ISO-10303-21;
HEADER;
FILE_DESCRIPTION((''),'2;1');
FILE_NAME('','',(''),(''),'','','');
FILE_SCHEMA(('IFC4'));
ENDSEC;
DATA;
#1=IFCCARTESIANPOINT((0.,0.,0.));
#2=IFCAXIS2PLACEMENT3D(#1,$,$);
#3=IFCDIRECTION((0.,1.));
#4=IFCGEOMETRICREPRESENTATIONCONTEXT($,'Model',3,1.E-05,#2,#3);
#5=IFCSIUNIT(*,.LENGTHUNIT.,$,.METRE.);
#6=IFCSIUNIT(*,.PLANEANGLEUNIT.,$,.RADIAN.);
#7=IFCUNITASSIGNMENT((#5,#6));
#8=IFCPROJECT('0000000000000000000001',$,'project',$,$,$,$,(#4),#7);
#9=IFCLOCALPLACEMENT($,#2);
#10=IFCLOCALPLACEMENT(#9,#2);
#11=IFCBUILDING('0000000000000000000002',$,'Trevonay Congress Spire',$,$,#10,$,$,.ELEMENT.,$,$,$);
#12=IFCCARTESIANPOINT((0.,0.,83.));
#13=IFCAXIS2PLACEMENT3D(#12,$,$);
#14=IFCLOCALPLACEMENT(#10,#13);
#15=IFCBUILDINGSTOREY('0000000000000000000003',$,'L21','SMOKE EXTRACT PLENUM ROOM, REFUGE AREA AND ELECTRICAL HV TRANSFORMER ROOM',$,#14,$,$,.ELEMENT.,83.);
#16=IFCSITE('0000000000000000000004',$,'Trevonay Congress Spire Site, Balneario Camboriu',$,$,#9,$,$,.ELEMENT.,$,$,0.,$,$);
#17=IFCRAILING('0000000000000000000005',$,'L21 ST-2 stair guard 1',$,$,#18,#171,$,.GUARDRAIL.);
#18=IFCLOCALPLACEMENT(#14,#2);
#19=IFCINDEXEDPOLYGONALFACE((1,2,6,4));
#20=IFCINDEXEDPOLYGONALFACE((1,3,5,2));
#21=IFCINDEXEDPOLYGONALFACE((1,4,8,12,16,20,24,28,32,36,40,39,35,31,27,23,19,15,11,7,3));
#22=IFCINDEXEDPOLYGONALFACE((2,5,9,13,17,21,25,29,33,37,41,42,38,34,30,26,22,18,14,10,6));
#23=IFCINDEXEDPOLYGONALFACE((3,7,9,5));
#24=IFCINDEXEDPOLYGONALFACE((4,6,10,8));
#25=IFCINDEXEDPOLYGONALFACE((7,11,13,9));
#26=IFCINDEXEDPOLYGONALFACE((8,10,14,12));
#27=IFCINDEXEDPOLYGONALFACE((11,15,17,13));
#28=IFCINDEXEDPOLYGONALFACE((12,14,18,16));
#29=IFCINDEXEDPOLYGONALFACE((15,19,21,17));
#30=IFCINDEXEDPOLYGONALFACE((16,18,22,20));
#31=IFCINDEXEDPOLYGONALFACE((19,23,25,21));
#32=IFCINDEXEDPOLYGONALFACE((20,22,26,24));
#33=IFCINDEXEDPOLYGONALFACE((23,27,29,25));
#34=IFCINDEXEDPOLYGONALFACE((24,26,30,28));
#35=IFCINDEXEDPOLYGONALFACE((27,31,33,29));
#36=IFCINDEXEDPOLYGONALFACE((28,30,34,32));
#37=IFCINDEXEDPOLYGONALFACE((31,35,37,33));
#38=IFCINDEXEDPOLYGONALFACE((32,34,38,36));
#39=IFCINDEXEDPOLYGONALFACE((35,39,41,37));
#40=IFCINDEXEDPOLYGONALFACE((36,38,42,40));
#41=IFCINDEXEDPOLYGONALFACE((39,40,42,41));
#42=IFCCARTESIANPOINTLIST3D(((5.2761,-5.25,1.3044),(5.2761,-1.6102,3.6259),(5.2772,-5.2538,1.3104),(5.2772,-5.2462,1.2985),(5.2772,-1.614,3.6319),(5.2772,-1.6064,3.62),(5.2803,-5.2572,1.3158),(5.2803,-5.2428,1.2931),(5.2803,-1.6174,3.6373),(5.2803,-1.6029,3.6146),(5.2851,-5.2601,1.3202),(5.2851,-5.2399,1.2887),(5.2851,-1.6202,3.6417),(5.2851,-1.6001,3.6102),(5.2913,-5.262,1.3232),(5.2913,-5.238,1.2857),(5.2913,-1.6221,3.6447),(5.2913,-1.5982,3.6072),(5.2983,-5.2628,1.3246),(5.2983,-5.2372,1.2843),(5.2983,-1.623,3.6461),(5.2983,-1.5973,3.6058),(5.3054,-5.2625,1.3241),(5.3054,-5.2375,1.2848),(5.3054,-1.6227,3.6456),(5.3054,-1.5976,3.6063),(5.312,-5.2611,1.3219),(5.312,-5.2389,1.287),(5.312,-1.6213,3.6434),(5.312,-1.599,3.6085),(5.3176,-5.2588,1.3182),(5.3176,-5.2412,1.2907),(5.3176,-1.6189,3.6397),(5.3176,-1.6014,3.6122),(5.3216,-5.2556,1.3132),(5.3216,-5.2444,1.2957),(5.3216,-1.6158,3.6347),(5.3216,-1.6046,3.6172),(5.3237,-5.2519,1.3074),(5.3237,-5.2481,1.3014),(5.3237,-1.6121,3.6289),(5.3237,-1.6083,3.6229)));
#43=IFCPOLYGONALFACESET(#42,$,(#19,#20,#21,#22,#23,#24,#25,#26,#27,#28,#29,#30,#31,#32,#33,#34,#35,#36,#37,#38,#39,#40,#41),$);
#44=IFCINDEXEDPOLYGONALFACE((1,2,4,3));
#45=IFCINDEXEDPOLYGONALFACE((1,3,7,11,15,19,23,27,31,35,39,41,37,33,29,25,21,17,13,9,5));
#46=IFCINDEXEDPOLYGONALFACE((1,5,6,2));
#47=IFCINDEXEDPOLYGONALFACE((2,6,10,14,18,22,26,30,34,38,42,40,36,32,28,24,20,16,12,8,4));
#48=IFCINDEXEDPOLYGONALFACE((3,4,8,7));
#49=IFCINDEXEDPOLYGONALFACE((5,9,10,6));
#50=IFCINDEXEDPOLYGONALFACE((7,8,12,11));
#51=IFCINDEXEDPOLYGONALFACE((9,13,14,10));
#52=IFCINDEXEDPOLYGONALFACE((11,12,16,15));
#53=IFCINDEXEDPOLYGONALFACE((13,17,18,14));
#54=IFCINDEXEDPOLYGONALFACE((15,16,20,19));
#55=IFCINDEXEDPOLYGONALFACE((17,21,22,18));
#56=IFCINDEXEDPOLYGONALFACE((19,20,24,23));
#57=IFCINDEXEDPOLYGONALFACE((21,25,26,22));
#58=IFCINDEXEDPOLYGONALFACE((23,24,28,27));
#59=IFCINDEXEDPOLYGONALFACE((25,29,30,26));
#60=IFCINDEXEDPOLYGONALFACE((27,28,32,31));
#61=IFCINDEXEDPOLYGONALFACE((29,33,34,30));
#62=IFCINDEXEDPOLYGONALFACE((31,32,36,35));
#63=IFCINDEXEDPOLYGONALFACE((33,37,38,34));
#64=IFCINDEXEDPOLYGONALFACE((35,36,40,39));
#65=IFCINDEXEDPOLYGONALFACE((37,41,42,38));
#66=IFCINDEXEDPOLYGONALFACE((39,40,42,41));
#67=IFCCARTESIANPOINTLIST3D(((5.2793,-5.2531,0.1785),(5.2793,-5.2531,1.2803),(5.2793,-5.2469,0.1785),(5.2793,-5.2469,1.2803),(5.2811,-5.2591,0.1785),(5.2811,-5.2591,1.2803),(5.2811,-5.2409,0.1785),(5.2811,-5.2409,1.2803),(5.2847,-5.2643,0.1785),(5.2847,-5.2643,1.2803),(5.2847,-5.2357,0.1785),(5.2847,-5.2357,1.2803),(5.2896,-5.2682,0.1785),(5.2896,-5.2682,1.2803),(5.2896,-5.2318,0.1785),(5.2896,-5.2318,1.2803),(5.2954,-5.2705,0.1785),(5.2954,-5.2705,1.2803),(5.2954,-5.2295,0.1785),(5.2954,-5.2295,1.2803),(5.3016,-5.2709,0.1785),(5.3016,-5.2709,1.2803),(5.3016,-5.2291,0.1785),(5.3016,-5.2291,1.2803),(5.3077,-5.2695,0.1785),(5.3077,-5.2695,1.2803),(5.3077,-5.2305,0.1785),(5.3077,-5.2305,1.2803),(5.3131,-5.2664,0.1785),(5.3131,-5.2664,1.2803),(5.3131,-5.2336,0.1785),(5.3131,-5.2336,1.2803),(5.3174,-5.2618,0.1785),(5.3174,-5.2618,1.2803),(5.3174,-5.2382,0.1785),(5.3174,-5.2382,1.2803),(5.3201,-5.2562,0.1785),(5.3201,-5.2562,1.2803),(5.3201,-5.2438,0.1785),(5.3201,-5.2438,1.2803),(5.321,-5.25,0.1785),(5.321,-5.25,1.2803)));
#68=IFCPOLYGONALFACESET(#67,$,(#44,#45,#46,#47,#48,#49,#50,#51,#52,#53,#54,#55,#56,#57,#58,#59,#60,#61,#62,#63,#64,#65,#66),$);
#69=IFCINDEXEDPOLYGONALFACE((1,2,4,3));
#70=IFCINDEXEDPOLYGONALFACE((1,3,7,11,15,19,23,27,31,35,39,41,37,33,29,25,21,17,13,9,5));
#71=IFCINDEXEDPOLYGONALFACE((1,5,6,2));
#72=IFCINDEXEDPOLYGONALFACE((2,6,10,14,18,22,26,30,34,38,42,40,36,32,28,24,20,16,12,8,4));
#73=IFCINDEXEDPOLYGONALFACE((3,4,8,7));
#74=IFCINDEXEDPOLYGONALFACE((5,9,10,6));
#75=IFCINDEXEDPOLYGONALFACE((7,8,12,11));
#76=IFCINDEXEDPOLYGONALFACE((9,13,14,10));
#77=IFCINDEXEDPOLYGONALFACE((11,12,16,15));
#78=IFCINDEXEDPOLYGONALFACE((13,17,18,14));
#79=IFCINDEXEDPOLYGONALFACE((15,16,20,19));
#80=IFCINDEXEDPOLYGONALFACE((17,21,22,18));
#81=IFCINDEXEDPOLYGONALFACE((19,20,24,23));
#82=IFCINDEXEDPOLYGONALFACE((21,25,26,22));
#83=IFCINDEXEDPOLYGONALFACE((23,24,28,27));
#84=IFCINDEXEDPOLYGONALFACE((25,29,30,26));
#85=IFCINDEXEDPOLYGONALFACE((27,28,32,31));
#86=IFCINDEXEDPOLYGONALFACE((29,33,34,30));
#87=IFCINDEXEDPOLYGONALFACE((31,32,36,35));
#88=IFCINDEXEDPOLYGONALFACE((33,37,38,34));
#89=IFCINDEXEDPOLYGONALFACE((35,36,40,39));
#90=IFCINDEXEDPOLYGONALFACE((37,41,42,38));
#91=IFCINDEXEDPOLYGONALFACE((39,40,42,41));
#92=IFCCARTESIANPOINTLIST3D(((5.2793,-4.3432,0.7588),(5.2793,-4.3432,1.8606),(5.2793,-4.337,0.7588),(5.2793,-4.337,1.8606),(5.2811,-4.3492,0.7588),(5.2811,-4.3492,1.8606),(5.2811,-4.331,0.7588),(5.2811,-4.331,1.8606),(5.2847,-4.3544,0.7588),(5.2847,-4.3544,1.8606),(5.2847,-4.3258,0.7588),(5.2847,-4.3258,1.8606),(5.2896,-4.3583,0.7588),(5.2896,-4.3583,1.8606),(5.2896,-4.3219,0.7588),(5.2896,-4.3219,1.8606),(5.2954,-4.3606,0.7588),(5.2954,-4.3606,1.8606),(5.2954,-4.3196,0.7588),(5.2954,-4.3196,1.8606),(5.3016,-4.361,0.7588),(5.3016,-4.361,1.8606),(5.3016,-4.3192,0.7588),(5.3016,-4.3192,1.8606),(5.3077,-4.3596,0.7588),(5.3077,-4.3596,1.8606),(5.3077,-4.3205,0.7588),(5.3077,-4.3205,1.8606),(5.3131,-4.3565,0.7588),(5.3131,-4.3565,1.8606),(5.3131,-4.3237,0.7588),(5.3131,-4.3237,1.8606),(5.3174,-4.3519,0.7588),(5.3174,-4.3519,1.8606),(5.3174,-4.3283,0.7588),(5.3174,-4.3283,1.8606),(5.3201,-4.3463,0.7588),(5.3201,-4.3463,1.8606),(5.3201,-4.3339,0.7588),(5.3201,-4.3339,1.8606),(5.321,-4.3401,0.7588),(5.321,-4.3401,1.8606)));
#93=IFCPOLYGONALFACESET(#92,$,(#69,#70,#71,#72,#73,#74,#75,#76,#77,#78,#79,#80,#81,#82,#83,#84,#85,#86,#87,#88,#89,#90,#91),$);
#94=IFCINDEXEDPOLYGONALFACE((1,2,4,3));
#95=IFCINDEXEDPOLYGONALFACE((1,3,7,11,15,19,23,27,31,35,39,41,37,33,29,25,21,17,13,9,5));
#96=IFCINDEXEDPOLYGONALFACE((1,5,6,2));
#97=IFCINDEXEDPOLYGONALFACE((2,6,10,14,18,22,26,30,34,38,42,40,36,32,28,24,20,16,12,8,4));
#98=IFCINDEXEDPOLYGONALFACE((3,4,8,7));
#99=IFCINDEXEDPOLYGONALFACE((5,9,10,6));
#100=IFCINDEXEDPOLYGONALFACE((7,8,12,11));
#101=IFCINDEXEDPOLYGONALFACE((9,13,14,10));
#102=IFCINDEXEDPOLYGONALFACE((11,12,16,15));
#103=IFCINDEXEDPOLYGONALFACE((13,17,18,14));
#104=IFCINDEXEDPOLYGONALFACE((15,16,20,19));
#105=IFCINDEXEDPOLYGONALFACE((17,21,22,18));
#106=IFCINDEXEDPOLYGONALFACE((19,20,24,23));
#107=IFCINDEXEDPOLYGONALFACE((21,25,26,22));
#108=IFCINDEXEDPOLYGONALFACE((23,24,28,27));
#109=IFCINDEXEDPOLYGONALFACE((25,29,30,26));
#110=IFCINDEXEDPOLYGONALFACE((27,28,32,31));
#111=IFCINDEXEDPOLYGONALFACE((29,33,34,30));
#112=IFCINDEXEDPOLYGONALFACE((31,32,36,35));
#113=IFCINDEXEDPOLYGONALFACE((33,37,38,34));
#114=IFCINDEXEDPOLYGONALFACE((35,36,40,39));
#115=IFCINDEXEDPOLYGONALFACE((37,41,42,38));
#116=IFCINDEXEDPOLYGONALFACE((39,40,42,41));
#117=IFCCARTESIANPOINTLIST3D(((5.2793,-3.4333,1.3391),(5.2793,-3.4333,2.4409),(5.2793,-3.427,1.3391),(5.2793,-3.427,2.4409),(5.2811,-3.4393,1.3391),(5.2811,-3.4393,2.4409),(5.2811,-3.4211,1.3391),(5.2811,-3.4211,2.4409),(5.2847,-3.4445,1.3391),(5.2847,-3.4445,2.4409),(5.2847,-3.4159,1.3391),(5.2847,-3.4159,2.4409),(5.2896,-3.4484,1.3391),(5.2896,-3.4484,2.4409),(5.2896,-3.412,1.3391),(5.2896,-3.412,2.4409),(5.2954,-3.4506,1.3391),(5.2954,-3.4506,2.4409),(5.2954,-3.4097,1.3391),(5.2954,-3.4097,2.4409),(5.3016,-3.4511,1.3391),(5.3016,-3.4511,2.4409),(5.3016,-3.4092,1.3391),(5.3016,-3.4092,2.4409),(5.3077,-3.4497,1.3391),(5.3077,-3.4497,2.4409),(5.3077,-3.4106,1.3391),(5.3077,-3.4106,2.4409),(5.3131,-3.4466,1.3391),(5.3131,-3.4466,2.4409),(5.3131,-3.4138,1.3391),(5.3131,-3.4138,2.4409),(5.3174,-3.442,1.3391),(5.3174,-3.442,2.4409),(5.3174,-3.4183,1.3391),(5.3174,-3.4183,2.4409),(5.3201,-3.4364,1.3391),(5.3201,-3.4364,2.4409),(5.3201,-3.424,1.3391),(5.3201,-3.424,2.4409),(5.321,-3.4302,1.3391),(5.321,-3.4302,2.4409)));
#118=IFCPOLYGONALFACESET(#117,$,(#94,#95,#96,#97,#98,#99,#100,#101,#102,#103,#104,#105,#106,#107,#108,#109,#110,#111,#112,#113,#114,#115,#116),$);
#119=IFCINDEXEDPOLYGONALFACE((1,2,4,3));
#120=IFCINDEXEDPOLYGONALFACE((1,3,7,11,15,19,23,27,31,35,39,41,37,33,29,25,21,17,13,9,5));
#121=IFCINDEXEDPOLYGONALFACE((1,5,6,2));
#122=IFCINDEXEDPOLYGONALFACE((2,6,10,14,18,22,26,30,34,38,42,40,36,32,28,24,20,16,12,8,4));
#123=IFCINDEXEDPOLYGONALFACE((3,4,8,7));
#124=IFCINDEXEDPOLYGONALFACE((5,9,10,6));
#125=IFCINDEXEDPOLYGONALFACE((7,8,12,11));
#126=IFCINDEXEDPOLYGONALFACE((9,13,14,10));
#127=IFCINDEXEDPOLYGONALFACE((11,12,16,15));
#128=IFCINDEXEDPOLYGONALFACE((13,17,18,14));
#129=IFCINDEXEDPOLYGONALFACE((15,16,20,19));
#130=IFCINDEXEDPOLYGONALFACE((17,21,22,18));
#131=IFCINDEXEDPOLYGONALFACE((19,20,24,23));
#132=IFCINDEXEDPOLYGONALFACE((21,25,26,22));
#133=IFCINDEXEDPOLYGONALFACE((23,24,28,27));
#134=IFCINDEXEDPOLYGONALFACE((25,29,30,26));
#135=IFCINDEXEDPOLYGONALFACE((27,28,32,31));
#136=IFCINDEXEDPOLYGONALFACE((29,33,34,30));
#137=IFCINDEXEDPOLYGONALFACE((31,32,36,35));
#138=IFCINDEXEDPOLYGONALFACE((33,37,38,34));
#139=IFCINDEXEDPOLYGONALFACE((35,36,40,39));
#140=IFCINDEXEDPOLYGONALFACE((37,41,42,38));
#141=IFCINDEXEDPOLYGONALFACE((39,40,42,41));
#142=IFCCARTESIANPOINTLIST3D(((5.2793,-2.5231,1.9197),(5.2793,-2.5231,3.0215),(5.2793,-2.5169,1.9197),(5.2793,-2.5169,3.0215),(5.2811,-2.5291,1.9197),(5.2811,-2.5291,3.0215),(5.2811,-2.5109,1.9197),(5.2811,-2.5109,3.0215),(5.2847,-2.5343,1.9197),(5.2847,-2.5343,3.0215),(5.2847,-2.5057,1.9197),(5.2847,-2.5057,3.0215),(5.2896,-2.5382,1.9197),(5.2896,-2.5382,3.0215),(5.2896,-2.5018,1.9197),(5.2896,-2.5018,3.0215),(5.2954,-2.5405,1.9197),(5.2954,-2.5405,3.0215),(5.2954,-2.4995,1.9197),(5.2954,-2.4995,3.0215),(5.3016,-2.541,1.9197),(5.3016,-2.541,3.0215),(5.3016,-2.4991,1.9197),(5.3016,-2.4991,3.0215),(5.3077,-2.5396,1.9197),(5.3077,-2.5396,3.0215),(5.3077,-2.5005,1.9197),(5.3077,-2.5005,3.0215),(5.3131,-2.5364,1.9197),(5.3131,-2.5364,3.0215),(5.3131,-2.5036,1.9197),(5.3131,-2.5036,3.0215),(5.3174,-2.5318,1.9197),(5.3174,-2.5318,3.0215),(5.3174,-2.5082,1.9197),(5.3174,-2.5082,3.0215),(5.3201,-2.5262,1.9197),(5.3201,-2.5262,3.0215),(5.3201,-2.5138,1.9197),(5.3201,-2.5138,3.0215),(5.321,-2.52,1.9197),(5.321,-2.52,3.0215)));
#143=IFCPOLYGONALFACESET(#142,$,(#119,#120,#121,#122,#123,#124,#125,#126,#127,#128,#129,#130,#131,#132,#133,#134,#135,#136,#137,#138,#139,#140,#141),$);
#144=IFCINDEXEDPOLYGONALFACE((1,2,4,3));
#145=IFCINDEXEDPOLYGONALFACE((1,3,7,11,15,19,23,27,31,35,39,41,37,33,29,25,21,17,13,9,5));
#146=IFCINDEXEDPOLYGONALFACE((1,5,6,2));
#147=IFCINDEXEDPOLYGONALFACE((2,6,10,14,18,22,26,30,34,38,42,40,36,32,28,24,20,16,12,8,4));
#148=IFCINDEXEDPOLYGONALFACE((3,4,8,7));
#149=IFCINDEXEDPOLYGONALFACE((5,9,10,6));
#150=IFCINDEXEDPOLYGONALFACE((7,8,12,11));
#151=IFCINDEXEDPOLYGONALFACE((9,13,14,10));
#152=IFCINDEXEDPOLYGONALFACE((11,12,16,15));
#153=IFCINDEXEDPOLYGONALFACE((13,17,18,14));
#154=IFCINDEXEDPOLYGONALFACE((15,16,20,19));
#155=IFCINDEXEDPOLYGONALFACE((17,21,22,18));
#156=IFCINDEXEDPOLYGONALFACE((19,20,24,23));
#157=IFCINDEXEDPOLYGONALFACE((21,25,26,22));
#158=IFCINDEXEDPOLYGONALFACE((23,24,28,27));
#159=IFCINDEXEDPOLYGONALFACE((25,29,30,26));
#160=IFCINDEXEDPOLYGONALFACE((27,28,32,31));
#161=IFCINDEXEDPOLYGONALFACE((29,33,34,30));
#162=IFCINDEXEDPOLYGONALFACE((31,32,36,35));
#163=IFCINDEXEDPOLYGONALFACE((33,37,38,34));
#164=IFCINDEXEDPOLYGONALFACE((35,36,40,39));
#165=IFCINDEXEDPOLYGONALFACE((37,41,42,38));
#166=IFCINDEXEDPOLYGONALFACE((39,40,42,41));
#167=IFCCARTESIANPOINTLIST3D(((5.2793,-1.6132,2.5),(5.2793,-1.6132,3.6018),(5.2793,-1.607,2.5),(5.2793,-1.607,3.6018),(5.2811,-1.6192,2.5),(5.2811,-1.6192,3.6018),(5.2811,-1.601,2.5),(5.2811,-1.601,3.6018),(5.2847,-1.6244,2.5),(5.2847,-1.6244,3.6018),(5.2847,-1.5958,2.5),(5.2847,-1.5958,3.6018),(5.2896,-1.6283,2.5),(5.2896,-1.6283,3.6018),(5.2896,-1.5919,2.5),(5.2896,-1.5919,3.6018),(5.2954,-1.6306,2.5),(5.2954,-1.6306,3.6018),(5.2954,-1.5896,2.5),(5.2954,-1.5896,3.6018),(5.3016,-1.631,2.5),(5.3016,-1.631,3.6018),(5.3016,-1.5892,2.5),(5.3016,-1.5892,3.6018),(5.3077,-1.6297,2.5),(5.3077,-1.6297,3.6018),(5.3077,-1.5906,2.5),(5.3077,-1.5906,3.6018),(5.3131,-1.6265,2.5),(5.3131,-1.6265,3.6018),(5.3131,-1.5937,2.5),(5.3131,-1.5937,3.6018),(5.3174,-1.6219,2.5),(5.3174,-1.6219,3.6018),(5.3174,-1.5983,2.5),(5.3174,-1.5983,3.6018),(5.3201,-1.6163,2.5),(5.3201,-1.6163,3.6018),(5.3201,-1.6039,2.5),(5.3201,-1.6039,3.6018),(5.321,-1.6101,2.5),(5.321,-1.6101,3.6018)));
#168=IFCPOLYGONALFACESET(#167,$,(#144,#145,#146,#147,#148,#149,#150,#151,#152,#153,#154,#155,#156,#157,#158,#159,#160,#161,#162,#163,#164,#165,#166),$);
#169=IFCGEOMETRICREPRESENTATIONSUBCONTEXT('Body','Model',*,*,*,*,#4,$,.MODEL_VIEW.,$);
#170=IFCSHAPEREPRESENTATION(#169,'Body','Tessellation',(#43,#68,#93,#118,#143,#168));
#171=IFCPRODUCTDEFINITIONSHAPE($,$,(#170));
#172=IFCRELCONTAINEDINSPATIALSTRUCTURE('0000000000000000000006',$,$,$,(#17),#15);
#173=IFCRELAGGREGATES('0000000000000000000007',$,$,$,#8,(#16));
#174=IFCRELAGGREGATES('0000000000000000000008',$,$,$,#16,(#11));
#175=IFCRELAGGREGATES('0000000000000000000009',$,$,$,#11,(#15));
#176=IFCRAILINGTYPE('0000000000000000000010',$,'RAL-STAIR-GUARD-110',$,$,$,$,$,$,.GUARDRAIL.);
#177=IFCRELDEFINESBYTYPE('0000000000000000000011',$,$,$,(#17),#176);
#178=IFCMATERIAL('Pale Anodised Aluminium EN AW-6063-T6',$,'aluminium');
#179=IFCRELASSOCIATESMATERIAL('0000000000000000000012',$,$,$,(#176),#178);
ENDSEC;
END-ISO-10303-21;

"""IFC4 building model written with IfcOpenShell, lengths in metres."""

from ifc_helpers import new_model, si_unit, direction, frame, origin, origin_2d, place, context, subcontext, project, spatial, circle, extrude, material, type_object, element, save


model = new_model("IFC4")

# Units and contexts
model_context = context("Model", 3, precision=1e-05, world=origin(), true_north=direction((0.0, 1.0)))
body_context = subcontext(model_context, "Body", "Model", "MODEL_VIEW")
ifc_project = project(units=[si_unit("LENGTHUNIT", "METRE"), si_unit("PLANEANGLEUNIT", "RADIAN")], contexts=[model_context])

# Site, building, storey
site_placement = place(None, origin())
site = spatial("IfcSite", under=ifc_project, at=site_placement, Name="Trevonay Congress Spire Site, Balneario Camboriu", CompositionType="ELEMENT", RefElevation=0.0)
building_placement = place(site_placement, origin())
building = spatial("IfcBuilding", under=site, at=building_placement, Name="Trevonay Congress Spire", CompositionType="ELEMENT")
storey_placement = place(building_placement, frame((0.0, 0.0, 83.0)))
storey = spatial("IfcBuildingStorey", under=building, at=storey_placement, Name="L21", Description="SMOKE EXTRACT PLENUM ROOM, REFUGE AREA AND ELECTRICAL HV TRANSFORMER ROOM", CompositionType="ELEMENT", Elevation=83.0)

# Shared definitions
ifc_material_1 = material(Name="Pale Anodised Aluminium EN AW-6063-T6", Category="aluminium")

# Railing
railing_type_1 = type_object("IfcRailingType", Name="RAL-STAIR-GUARD-110", PredefinedType="GUARDRAIL", material=ifc_material_1)
railing_1_placement = place(storey_placement, frame((5.3, -5.25, 0.1785)))
element("IfcRailing", 1, at=railing_1_placement, inside=storey, type_object=railing_type_1, Name="L21 ST-2 stair guard 1", PredefinedType="GUARDRAIL", context=body_context, shape_type="SweptSolid", body=[
    extrude(circle(Radius=0.0239, at=origin_2d()), frame((0.0, 0.0, 1.126), z_axis=(0.0, 0.843112, 0.537739), x_axis=(-1.0, 0.0, 0.0)), (0.0, 0.0, 1.0), 4.3171),
    extrude(circle(Radius=0.021, at=origin_2d()), origin(), (0.0, 0.0, 1.0), 1.1018),
    extrude(circle(Radius=0.021, at=origin_2d()), frame((0.0, 0.9099, 0.5803)), (0.0, 0.0, 1.0), 1.1018),
    extrude(circle(Radius=0.021, at=origin_2d()), frame((0.0, 1.8198, 1.1606)), (0.0, 0.0, 1.0), 1.1018),
    extrude(circle(Radius=0.021, at=origin_2d()), frame((0.0, 2.73, 1.7412)), (0.0, 0.0, 1.0), 1.1018),
    extrude(circle(Radius=0.021, at=origin_2d()), frame((0.0, 3.6399, 2.3215)), (0.0, 0.0, 1.0), 1.1018),
])

save(model, "model.ifc")
